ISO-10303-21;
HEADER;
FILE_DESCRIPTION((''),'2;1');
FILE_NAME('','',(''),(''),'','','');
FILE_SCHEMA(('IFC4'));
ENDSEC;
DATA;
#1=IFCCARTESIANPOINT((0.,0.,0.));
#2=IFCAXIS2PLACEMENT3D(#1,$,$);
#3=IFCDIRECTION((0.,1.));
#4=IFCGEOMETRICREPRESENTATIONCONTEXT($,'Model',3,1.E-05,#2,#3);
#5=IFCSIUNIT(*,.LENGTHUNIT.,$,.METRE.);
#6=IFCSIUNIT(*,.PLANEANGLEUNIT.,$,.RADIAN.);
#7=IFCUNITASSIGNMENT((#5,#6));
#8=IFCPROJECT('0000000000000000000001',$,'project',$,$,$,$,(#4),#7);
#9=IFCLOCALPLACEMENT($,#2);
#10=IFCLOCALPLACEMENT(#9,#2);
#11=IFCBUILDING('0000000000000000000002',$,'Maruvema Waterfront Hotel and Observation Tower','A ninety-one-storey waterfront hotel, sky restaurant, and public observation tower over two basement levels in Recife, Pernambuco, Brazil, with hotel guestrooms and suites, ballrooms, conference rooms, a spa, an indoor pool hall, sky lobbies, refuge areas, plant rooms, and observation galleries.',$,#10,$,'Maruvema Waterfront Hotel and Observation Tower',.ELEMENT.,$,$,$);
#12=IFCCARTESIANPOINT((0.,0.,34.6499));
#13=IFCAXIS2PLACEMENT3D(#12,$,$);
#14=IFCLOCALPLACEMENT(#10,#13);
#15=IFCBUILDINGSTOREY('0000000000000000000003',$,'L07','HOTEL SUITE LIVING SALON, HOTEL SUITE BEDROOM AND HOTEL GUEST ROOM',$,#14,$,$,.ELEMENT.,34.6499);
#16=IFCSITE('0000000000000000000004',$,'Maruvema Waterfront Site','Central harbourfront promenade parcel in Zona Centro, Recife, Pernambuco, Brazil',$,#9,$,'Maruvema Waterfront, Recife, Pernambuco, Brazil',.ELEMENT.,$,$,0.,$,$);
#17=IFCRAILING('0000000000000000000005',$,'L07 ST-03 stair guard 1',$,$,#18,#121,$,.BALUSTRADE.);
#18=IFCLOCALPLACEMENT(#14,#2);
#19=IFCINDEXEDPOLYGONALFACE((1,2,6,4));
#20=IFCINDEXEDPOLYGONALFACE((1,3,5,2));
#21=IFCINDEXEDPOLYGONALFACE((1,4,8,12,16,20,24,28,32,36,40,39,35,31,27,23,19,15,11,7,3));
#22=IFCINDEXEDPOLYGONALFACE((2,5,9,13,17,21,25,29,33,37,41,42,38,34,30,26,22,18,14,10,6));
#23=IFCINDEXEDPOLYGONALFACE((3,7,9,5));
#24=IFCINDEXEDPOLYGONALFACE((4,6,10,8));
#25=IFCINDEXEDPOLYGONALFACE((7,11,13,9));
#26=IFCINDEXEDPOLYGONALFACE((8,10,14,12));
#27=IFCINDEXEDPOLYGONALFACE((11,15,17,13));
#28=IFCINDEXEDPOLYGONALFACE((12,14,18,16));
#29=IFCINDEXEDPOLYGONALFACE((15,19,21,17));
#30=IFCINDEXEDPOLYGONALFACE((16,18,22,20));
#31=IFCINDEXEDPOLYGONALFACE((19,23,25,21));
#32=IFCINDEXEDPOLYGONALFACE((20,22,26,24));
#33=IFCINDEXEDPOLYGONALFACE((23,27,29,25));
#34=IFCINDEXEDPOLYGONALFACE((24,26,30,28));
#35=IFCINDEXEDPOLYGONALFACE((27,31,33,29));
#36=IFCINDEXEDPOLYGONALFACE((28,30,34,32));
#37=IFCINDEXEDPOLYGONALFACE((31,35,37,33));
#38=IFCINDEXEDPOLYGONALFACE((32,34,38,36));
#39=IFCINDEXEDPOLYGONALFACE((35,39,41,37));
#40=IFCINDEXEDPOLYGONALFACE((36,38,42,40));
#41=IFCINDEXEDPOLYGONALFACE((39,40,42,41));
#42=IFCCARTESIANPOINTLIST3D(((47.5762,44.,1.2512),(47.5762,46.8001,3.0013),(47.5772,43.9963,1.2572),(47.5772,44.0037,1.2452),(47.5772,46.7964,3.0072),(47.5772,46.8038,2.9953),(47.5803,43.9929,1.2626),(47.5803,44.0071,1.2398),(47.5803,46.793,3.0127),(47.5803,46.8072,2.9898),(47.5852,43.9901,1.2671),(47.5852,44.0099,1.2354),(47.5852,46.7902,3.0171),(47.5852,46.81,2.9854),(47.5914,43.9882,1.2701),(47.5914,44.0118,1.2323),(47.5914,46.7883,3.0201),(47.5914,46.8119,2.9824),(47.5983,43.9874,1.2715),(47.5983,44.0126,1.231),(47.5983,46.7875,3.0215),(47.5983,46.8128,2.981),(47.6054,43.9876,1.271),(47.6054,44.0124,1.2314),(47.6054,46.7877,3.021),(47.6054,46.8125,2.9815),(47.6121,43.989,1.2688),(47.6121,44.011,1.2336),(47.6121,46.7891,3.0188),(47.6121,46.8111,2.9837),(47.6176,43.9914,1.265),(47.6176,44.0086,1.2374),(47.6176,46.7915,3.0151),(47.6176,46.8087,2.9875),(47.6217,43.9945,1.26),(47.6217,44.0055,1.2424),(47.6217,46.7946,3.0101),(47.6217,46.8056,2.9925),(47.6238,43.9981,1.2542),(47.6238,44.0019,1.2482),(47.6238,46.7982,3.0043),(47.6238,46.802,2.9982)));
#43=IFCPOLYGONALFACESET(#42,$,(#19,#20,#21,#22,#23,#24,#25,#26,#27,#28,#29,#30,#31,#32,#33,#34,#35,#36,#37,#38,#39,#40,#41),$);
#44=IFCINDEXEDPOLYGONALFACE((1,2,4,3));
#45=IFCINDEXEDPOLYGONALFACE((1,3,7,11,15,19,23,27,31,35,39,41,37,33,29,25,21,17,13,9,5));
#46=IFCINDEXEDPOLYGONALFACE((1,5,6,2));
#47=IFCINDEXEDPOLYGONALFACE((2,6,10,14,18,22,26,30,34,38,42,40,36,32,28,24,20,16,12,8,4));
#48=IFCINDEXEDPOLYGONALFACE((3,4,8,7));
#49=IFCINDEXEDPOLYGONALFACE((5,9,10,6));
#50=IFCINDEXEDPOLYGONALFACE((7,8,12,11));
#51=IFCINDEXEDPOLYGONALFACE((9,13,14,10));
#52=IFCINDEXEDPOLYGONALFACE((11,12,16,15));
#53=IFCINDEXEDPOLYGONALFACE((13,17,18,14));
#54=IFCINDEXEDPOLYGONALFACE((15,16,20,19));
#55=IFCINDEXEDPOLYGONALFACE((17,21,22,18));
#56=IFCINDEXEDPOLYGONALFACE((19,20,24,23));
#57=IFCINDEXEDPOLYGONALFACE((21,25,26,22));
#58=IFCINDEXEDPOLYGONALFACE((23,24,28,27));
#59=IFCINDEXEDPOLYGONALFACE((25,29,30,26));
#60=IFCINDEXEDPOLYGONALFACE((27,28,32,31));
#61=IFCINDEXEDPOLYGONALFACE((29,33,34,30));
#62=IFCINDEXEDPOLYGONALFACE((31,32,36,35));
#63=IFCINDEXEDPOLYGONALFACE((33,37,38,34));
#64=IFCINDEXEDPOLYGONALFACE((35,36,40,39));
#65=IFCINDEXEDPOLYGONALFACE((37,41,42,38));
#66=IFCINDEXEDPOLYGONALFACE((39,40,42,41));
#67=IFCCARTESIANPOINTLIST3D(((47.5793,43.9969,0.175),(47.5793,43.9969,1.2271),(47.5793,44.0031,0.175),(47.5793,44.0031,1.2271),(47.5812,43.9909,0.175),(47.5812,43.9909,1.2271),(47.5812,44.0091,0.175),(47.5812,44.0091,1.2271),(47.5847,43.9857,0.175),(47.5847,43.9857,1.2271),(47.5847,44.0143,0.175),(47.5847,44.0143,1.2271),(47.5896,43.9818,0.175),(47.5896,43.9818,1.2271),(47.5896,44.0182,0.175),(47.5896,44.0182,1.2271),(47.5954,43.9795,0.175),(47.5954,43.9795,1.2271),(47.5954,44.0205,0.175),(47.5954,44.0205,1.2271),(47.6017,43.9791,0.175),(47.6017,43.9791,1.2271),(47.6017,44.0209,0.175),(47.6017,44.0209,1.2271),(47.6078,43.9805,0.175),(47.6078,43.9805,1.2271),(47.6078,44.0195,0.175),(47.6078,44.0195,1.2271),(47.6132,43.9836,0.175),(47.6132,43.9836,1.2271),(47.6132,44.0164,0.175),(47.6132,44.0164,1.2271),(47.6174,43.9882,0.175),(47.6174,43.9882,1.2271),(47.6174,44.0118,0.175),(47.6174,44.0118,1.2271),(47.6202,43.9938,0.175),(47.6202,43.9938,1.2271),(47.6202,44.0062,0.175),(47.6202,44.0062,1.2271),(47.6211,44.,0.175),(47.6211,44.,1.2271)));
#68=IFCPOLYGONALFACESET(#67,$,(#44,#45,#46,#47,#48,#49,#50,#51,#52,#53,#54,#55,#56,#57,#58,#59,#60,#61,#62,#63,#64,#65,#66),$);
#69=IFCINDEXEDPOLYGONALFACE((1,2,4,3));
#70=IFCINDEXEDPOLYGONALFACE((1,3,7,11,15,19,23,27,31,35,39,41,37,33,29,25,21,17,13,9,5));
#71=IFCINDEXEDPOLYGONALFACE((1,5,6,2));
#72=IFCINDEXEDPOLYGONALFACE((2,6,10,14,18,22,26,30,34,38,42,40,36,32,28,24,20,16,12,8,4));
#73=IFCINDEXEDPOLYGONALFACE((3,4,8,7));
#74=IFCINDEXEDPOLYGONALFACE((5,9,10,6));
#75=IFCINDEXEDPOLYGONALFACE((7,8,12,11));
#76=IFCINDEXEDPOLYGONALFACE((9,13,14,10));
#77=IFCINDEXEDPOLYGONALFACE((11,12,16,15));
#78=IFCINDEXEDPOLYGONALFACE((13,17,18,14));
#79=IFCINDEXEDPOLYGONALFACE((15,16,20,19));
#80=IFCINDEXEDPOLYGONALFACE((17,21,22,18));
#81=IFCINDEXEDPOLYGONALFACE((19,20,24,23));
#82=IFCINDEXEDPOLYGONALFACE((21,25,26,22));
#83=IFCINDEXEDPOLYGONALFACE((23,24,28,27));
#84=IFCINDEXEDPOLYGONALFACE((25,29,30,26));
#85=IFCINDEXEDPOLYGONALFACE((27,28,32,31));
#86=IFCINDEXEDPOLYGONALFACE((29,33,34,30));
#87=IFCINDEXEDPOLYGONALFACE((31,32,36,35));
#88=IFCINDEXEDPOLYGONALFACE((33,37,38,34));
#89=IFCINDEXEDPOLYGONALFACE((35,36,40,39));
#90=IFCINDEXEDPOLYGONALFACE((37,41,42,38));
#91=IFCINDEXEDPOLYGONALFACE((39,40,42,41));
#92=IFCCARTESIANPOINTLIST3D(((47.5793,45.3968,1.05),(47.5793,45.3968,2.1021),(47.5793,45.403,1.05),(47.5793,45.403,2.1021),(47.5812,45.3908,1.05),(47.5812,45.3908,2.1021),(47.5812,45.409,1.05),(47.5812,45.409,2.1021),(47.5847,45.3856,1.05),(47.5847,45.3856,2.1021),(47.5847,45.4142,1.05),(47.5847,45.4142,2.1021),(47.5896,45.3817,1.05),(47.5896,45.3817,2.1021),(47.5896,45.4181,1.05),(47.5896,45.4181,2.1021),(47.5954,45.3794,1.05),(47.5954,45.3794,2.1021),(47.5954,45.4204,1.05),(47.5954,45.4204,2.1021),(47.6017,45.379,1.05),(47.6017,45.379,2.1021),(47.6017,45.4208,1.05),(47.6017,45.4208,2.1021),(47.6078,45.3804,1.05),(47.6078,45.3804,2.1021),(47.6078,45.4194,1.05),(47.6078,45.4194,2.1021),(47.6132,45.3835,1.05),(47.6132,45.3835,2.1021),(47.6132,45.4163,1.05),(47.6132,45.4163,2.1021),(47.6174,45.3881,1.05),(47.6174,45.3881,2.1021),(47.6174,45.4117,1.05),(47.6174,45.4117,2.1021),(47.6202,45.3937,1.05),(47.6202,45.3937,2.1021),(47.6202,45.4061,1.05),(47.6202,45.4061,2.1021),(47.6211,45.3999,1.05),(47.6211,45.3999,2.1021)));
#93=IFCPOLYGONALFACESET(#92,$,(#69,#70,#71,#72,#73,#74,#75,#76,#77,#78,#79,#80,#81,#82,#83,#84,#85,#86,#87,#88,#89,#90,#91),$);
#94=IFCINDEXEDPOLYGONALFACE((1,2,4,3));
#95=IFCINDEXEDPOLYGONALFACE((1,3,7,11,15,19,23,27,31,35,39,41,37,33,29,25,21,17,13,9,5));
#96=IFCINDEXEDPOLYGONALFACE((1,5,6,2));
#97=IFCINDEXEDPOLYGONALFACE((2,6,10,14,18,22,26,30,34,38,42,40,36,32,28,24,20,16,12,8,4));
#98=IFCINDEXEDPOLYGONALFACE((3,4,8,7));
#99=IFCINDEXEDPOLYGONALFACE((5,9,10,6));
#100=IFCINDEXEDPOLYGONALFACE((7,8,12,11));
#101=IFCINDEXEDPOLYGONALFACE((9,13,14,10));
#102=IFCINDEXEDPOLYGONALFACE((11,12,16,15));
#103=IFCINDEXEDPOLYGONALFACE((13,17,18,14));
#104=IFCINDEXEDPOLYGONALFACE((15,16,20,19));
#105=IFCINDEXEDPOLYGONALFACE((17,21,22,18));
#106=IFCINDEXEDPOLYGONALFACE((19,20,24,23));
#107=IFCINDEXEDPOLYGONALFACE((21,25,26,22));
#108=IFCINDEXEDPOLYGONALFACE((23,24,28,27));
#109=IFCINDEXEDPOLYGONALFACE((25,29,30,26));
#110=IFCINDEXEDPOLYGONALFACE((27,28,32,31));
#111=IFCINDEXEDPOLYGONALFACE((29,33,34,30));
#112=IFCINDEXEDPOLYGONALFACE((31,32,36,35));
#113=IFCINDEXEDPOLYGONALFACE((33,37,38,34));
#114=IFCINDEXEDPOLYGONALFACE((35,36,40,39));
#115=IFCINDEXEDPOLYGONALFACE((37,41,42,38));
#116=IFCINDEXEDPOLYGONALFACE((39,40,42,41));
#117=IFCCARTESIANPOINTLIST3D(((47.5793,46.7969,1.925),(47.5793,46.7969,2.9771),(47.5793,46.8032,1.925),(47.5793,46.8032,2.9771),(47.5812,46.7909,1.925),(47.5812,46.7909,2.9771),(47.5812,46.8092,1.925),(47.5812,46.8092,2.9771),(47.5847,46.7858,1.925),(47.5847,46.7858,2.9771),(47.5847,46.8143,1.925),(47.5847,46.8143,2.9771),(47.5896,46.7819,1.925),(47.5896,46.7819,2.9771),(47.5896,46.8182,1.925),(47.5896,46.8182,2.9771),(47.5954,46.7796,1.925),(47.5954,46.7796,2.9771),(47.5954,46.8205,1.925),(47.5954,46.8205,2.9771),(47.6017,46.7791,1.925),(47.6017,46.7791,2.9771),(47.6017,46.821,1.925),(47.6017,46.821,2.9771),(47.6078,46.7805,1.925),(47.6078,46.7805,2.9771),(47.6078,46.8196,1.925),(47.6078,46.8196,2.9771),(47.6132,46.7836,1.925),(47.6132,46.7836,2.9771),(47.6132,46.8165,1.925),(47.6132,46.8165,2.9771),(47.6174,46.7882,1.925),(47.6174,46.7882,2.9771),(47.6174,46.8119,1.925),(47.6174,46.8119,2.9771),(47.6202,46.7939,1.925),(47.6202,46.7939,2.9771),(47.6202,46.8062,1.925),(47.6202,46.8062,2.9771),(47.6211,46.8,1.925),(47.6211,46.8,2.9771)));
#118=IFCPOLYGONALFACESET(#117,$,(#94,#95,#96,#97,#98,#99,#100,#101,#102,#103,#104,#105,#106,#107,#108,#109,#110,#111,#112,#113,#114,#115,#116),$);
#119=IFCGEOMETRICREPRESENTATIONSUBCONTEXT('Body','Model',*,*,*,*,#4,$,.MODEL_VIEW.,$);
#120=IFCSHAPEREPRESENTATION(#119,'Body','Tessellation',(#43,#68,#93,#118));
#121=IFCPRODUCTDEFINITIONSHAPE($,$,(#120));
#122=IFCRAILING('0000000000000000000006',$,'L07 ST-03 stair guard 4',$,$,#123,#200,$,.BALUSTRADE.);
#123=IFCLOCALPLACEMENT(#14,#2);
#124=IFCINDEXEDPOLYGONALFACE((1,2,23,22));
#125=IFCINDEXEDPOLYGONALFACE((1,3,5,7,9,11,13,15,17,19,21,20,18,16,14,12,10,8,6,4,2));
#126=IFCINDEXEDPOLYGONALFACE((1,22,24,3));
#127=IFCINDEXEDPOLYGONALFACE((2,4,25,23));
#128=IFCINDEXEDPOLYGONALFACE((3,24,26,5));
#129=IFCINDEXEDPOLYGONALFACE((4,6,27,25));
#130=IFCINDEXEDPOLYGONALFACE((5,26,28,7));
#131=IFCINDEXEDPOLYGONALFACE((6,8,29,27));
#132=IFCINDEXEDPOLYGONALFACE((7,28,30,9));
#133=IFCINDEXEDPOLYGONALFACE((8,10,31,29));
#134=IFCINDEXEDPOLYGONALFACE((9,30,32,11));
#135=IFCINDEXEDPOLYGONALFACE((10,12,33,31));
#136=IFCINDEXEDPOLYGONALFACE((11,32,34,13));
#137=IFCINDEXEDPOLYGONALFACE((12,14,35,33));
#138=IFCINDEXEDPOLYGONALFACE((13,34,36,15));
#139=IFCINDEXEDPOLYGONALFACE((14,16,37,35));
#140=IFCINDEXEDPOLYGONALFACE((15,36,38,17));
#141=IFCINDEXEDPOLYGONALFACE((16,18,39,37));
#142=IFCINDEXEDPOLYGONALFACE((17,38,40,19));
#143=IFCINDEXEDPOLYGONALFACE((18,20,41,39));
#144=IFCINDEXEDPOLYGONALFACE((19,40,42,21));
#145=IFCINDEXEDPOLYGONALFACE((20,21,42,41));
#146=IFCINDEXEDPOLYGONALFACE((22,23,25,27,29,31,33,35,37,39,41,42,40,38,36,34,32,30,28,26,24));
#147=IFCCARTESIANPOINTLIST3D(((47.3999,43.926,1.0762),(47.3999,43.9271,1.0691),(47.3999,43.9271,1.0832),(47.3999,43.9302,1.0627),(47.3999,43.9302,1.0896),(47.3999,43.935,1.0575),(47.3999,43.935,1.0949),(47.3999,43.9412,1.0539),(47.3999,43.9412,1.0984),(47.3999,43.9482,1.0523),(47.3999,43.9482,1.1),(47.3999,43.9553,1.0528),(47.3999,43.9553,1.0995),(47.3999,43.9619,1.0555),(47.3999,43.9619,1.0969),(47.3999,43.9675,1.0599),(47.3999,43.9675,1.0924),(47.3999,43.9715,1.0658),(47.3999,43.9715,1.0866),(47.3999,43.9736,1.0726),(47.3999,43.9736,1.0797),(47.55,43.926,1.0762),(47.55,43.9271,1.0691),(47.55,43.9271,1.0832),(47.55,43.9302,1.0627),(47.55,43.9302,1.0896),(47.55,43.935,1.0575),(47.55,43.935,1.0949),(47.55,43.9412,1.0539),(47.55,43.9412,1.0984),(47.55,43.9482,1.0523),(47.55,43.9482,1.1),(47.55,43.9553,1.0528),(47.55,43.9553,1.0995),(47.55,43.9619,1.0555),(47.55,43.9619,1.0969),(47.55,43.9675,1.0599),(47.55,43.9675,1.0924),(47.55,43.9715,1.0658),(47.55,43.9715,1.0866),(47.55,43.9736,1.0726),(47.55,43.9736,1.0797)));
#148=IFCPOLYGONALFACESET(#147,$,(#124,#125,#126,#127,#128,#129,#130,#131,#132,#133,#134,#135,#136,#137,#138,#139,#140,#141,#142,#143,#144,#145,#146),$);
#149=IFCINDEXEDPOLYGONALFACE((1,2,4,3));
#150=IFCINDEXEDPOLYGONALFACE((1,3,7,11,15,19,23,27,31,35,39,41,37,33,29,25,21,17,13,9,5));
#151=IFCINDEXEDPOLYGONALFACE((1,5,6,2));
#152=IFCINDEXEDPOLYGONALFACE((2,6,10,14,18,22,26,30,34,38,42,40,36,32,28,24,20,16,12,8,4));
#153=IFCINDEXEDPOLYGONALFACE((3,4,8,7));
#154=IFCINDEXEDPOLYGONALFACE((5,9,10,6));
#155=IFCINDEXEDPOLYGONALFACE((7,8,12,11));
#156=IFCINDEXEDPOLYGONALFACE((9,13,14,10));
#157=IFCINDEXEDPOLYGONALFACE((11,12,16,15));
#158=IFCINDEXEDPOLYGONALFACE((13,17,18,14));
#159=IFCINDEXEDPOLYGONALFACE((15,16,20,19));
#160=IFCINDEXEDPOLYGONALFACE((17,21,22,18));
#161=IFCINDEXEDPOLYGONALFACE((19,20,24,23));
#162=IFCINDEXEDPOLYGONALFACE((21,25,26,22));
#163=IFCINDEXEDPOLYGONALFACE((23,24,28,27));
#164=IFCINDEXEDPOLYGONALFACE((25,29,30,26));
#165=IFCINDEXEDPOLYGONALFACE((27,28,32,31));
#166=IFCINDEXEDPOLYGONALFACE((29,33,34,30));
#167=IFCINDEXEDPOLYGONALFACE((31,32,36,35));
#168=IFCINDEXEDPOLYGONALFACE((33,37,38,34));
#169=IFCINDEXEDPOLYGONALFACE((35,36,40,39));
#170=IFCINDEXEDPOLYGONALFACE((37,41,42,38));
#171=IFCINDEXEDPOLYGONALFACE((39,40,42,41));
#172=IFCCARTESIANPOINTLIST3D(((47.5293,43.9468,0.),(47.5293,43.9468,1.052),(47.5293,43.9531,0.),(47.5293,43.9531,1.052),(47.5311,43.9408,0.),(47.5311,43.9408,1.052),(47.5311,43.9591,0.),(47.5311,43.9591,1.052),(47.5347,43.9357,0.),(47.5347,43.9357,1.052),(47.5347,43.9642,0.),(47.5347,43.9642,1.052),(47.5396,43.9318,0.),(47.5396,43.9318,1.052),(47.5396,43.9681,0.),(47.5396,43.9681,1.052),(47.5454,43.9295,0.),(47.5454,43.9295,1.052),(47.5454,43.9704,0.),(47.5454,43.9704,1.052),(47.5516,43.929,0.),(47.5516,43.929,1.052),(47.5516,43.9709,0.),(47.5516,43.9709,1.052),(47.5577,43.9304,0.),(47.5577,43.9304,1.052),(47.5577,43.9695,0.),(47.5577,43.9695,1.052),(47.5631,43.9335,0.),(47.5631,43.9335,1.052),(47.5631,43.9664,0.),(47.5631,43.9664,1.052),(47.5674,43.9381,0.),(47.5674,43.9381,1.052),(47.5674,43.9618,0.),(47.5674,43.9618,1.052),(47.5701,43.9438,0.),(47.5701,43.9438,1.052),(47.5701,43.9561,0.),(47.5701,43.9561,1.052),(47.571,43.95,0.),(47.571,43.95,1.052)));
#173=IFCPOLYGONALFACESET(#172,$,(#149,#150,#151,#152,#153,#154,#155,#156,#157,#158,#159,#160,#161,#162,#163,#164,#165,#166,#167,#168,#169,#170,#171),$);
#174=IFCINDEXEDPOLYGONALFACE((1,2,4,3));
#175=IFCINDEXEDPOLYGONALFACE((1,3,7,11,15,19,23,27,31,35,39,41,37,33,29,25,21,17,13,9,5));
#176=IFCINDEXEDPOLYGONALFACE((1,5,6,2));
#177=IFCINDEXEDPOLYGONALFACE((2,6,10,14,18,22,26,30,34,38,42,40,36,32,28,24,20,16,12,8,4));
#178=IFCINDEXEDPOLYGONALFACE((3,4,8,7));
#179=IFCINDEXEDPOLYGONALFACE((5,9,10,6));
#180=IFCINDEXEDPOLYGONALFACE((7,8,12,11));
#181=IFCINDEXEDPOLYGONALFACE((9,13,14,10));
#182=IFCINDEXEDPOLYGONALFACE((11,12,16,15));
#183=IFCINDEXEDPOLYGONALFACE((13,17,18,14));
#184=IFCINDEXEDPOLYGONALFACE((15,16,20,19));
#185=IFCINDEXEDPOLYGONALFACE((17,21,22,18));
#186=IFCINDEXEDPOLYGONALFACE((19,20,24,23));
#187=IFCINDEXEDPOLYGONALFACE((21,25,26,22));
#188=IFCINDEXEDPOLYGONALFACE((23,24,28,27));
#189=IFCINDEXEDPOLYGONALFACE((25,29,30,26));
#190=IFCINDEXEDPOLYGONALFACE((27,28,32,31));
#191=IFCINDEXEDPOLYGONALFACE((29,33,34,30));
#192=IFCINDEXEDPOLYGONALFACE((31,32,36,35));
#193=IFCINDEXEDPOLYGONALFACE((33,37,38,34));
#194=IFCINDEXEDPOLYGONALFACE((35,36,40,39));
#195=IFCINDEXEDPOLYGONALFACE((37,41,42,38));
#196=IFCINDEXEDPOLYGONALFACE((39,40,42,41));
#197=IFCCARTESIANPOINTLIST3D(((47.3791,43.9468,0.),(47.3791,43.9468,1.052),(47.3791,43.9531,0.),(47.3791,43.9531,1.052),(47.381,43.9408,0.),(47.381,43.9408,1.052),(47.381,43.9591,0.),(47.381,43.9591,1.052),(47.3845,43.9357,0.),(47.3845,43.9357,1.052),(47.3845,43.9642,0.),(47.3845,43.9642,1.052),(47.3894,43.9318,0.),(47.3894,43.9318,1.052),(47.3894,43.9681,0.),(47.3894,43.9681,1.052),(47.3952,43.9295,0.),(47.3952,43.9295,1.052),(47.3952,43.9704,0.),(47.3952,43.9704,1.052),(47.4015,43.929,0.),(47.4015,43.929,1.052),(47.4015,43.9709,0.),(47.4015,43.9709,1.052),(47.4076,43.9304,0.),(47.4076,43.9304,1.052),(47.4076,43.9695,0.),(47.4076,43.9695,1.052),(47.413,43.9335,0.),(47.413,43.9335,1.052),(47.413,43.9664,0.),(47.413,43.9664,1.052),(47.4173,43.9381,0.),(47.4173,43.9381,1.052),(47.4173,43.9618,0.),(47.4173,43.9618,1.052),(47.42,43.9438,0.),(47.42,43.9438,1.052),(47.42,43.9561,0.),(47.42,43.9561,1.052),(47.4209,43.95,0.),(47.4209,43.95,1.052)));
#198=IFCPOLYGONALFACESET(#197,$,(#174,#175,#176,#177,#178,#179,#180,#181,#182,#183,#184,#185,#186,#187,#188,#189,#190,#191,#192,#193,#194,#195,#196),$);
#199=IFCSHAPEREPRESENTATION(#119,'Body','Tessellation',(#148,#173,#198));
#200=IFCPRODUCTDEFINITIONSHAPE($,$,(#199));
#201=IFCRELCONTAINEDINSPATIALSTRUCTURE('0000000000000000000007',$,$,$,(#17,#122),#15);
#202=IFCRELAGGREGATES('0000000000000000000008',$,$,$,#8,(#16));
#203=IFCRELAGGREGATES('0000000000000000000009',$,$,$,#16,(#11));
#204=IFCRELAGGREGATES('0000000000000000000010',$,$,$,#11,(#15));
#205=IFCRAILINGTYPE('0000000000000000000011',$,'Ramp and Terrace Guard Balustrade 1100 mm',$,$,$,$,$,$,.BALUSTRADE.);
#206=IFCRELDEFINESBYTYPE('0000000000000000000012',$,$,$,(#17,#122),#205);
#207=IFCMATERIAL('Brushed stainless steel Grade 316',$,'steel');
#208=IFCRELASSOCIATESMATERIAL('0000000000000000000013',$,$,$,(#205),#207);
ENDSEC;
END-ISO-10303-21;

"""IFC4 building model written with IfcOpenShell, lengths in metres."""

from ifc_helpers import new_model, si_unit, direction, frame, origin, origin_2d, place, context, subcontext, project, spatial, circle, extrude, material, type_object, element, save


model = new_model("IFC4")

# Units and contexts
model_context = context("Model", 3, precision=1e-05, world=origin(), true_north=direction((0.0, 1.0)))
body_context = subcontext(model_context, "Body", "Model", "MODEL_VIEW")
ifc_project = project(units=[si_unit("LENGTHUNIT", "METRE"), si_unit("PLANEANGLEUNIT", "RADIAN")], contexts=[model_context])

# Site, building, storey
site_placement = place(None, origin())
site = spatial("IfcSite", under=ifc_project, at=site_placement, Name="Maruvema Waterfront Site", Description="Central harbourfront promenade parcel in Zona Centro, Recife, Pernambuco, Brazil", LongName="Maruvema Waterfront, Recife, Pernambuco, Brazil", CompositionType="ELEMENT", RefElevation=0.0)
building_placement = place(site_placement, origin())
building = spatial("IfcBuilding", under=site, at=building_placement, Name="Maruvema Waterfront Hotel and Observation Tower", Description="A ninety-one-storey waterfront hotel, sky restaurant, and public observation tower over two basement levels in Recife, Pernambuco, Brazil, with hotel guestrooms and suites, ballrooms, conference rooms, a spa, an indoor pool hall, sky lobbies, refuge areas, plant rooms, and observation galleries.", LongName="Maruvema Waterfront Hotel and Observation Tower", CompositionType="ELEMENT")
storey_placement = place(building_placement, frame((0.0, 0.0, 34.6499)))
storey = spatial("IfcBuildingStorey", under=building, at=storey_placement, Name="L07", Description="HOTEL SUITE LIVING SALON, HOTEL SUITE BEDROOM AND HOTEL GUEST ROOM", CompositionType="ELEMENT", Elevation=34.6499)

# Railings
ifc_material_1 = material(Name="Brushed stainless steel Grade 316", Category="steel")
railing_type_1 = type_object("IfcRailingType", Name="Ramp and Terrace Guard Balustrade 1100 mm", PredefinedType="BALUSTRADE", material=ifc_material_1)
railing_1_placement = place(storey_placement, frame((47.6001, 44.0, 0.175)))
element("IfcRailing", 1, at=railing_1_placement, inside=storey, type_object=railing_type_1, Name="L07 ST-03 stair guard 1", PredefinedType="BALUSTRADE", context=body_context, shape_type="SweptSolid", body=[
    extrude(circle(Radius=0.0239, at=origin_2d()), frame((0.0, 0.0, 1.0762), z_axis=(0.0, 0.848002, 0.529992), x_axis=(-1.0, 0.0, 0.0)), (0.0, 0.0, 1.0), 3.302),
    extrude(circle(Radius=0.021, at=origin_2d()), origin(), (0.0, 0.0, 1.0), 1.052),
    extrude(circle(Radius=0.021, at=origin_2d()), frame((0.0, 1.3999, 0.875)), (0.0, 0.0, 1.0), 1.052),
    extrude(circle(Radius=0.021, at=origin_2d()), frame((0.0, 2.8, 1.75)), (0.0, 0.0, 1.0), 1.052),
])
railing_2_placement = place(storey_placement, frame((47.55, 43.95, 0.0)))
element("IfcRailing", 2, at=railing_2_placement, inside=storey, type_object=railing_type_1, Name="L07 ST-03 stair guard 4", PredefinedType="BALUSTRADE", context=body_context, shape_type="SweptSolid", body=[
    extrude(circle(Radius=0.0239, at=origin_2d()), frame((0.0, 0.0, 1.0762), z_axis=(-1.0, 0.0, 0.0), x_axis=(0.0, -1.0, 0.0)), (0.0, 0.0, 1.0), 0.1501),
    extrude(circle(Radius=0.021, at=origin_2d()), origin(), (0.0, 0.0, 1.0), 1.052),
    extrude(circle(Radius=0.021, at=origin_2d()), frame((-0.1501, 0.0, 0.0)), (0.0, 0.0, 1.0), 1.052),
])

save(model, "model.ifc")
